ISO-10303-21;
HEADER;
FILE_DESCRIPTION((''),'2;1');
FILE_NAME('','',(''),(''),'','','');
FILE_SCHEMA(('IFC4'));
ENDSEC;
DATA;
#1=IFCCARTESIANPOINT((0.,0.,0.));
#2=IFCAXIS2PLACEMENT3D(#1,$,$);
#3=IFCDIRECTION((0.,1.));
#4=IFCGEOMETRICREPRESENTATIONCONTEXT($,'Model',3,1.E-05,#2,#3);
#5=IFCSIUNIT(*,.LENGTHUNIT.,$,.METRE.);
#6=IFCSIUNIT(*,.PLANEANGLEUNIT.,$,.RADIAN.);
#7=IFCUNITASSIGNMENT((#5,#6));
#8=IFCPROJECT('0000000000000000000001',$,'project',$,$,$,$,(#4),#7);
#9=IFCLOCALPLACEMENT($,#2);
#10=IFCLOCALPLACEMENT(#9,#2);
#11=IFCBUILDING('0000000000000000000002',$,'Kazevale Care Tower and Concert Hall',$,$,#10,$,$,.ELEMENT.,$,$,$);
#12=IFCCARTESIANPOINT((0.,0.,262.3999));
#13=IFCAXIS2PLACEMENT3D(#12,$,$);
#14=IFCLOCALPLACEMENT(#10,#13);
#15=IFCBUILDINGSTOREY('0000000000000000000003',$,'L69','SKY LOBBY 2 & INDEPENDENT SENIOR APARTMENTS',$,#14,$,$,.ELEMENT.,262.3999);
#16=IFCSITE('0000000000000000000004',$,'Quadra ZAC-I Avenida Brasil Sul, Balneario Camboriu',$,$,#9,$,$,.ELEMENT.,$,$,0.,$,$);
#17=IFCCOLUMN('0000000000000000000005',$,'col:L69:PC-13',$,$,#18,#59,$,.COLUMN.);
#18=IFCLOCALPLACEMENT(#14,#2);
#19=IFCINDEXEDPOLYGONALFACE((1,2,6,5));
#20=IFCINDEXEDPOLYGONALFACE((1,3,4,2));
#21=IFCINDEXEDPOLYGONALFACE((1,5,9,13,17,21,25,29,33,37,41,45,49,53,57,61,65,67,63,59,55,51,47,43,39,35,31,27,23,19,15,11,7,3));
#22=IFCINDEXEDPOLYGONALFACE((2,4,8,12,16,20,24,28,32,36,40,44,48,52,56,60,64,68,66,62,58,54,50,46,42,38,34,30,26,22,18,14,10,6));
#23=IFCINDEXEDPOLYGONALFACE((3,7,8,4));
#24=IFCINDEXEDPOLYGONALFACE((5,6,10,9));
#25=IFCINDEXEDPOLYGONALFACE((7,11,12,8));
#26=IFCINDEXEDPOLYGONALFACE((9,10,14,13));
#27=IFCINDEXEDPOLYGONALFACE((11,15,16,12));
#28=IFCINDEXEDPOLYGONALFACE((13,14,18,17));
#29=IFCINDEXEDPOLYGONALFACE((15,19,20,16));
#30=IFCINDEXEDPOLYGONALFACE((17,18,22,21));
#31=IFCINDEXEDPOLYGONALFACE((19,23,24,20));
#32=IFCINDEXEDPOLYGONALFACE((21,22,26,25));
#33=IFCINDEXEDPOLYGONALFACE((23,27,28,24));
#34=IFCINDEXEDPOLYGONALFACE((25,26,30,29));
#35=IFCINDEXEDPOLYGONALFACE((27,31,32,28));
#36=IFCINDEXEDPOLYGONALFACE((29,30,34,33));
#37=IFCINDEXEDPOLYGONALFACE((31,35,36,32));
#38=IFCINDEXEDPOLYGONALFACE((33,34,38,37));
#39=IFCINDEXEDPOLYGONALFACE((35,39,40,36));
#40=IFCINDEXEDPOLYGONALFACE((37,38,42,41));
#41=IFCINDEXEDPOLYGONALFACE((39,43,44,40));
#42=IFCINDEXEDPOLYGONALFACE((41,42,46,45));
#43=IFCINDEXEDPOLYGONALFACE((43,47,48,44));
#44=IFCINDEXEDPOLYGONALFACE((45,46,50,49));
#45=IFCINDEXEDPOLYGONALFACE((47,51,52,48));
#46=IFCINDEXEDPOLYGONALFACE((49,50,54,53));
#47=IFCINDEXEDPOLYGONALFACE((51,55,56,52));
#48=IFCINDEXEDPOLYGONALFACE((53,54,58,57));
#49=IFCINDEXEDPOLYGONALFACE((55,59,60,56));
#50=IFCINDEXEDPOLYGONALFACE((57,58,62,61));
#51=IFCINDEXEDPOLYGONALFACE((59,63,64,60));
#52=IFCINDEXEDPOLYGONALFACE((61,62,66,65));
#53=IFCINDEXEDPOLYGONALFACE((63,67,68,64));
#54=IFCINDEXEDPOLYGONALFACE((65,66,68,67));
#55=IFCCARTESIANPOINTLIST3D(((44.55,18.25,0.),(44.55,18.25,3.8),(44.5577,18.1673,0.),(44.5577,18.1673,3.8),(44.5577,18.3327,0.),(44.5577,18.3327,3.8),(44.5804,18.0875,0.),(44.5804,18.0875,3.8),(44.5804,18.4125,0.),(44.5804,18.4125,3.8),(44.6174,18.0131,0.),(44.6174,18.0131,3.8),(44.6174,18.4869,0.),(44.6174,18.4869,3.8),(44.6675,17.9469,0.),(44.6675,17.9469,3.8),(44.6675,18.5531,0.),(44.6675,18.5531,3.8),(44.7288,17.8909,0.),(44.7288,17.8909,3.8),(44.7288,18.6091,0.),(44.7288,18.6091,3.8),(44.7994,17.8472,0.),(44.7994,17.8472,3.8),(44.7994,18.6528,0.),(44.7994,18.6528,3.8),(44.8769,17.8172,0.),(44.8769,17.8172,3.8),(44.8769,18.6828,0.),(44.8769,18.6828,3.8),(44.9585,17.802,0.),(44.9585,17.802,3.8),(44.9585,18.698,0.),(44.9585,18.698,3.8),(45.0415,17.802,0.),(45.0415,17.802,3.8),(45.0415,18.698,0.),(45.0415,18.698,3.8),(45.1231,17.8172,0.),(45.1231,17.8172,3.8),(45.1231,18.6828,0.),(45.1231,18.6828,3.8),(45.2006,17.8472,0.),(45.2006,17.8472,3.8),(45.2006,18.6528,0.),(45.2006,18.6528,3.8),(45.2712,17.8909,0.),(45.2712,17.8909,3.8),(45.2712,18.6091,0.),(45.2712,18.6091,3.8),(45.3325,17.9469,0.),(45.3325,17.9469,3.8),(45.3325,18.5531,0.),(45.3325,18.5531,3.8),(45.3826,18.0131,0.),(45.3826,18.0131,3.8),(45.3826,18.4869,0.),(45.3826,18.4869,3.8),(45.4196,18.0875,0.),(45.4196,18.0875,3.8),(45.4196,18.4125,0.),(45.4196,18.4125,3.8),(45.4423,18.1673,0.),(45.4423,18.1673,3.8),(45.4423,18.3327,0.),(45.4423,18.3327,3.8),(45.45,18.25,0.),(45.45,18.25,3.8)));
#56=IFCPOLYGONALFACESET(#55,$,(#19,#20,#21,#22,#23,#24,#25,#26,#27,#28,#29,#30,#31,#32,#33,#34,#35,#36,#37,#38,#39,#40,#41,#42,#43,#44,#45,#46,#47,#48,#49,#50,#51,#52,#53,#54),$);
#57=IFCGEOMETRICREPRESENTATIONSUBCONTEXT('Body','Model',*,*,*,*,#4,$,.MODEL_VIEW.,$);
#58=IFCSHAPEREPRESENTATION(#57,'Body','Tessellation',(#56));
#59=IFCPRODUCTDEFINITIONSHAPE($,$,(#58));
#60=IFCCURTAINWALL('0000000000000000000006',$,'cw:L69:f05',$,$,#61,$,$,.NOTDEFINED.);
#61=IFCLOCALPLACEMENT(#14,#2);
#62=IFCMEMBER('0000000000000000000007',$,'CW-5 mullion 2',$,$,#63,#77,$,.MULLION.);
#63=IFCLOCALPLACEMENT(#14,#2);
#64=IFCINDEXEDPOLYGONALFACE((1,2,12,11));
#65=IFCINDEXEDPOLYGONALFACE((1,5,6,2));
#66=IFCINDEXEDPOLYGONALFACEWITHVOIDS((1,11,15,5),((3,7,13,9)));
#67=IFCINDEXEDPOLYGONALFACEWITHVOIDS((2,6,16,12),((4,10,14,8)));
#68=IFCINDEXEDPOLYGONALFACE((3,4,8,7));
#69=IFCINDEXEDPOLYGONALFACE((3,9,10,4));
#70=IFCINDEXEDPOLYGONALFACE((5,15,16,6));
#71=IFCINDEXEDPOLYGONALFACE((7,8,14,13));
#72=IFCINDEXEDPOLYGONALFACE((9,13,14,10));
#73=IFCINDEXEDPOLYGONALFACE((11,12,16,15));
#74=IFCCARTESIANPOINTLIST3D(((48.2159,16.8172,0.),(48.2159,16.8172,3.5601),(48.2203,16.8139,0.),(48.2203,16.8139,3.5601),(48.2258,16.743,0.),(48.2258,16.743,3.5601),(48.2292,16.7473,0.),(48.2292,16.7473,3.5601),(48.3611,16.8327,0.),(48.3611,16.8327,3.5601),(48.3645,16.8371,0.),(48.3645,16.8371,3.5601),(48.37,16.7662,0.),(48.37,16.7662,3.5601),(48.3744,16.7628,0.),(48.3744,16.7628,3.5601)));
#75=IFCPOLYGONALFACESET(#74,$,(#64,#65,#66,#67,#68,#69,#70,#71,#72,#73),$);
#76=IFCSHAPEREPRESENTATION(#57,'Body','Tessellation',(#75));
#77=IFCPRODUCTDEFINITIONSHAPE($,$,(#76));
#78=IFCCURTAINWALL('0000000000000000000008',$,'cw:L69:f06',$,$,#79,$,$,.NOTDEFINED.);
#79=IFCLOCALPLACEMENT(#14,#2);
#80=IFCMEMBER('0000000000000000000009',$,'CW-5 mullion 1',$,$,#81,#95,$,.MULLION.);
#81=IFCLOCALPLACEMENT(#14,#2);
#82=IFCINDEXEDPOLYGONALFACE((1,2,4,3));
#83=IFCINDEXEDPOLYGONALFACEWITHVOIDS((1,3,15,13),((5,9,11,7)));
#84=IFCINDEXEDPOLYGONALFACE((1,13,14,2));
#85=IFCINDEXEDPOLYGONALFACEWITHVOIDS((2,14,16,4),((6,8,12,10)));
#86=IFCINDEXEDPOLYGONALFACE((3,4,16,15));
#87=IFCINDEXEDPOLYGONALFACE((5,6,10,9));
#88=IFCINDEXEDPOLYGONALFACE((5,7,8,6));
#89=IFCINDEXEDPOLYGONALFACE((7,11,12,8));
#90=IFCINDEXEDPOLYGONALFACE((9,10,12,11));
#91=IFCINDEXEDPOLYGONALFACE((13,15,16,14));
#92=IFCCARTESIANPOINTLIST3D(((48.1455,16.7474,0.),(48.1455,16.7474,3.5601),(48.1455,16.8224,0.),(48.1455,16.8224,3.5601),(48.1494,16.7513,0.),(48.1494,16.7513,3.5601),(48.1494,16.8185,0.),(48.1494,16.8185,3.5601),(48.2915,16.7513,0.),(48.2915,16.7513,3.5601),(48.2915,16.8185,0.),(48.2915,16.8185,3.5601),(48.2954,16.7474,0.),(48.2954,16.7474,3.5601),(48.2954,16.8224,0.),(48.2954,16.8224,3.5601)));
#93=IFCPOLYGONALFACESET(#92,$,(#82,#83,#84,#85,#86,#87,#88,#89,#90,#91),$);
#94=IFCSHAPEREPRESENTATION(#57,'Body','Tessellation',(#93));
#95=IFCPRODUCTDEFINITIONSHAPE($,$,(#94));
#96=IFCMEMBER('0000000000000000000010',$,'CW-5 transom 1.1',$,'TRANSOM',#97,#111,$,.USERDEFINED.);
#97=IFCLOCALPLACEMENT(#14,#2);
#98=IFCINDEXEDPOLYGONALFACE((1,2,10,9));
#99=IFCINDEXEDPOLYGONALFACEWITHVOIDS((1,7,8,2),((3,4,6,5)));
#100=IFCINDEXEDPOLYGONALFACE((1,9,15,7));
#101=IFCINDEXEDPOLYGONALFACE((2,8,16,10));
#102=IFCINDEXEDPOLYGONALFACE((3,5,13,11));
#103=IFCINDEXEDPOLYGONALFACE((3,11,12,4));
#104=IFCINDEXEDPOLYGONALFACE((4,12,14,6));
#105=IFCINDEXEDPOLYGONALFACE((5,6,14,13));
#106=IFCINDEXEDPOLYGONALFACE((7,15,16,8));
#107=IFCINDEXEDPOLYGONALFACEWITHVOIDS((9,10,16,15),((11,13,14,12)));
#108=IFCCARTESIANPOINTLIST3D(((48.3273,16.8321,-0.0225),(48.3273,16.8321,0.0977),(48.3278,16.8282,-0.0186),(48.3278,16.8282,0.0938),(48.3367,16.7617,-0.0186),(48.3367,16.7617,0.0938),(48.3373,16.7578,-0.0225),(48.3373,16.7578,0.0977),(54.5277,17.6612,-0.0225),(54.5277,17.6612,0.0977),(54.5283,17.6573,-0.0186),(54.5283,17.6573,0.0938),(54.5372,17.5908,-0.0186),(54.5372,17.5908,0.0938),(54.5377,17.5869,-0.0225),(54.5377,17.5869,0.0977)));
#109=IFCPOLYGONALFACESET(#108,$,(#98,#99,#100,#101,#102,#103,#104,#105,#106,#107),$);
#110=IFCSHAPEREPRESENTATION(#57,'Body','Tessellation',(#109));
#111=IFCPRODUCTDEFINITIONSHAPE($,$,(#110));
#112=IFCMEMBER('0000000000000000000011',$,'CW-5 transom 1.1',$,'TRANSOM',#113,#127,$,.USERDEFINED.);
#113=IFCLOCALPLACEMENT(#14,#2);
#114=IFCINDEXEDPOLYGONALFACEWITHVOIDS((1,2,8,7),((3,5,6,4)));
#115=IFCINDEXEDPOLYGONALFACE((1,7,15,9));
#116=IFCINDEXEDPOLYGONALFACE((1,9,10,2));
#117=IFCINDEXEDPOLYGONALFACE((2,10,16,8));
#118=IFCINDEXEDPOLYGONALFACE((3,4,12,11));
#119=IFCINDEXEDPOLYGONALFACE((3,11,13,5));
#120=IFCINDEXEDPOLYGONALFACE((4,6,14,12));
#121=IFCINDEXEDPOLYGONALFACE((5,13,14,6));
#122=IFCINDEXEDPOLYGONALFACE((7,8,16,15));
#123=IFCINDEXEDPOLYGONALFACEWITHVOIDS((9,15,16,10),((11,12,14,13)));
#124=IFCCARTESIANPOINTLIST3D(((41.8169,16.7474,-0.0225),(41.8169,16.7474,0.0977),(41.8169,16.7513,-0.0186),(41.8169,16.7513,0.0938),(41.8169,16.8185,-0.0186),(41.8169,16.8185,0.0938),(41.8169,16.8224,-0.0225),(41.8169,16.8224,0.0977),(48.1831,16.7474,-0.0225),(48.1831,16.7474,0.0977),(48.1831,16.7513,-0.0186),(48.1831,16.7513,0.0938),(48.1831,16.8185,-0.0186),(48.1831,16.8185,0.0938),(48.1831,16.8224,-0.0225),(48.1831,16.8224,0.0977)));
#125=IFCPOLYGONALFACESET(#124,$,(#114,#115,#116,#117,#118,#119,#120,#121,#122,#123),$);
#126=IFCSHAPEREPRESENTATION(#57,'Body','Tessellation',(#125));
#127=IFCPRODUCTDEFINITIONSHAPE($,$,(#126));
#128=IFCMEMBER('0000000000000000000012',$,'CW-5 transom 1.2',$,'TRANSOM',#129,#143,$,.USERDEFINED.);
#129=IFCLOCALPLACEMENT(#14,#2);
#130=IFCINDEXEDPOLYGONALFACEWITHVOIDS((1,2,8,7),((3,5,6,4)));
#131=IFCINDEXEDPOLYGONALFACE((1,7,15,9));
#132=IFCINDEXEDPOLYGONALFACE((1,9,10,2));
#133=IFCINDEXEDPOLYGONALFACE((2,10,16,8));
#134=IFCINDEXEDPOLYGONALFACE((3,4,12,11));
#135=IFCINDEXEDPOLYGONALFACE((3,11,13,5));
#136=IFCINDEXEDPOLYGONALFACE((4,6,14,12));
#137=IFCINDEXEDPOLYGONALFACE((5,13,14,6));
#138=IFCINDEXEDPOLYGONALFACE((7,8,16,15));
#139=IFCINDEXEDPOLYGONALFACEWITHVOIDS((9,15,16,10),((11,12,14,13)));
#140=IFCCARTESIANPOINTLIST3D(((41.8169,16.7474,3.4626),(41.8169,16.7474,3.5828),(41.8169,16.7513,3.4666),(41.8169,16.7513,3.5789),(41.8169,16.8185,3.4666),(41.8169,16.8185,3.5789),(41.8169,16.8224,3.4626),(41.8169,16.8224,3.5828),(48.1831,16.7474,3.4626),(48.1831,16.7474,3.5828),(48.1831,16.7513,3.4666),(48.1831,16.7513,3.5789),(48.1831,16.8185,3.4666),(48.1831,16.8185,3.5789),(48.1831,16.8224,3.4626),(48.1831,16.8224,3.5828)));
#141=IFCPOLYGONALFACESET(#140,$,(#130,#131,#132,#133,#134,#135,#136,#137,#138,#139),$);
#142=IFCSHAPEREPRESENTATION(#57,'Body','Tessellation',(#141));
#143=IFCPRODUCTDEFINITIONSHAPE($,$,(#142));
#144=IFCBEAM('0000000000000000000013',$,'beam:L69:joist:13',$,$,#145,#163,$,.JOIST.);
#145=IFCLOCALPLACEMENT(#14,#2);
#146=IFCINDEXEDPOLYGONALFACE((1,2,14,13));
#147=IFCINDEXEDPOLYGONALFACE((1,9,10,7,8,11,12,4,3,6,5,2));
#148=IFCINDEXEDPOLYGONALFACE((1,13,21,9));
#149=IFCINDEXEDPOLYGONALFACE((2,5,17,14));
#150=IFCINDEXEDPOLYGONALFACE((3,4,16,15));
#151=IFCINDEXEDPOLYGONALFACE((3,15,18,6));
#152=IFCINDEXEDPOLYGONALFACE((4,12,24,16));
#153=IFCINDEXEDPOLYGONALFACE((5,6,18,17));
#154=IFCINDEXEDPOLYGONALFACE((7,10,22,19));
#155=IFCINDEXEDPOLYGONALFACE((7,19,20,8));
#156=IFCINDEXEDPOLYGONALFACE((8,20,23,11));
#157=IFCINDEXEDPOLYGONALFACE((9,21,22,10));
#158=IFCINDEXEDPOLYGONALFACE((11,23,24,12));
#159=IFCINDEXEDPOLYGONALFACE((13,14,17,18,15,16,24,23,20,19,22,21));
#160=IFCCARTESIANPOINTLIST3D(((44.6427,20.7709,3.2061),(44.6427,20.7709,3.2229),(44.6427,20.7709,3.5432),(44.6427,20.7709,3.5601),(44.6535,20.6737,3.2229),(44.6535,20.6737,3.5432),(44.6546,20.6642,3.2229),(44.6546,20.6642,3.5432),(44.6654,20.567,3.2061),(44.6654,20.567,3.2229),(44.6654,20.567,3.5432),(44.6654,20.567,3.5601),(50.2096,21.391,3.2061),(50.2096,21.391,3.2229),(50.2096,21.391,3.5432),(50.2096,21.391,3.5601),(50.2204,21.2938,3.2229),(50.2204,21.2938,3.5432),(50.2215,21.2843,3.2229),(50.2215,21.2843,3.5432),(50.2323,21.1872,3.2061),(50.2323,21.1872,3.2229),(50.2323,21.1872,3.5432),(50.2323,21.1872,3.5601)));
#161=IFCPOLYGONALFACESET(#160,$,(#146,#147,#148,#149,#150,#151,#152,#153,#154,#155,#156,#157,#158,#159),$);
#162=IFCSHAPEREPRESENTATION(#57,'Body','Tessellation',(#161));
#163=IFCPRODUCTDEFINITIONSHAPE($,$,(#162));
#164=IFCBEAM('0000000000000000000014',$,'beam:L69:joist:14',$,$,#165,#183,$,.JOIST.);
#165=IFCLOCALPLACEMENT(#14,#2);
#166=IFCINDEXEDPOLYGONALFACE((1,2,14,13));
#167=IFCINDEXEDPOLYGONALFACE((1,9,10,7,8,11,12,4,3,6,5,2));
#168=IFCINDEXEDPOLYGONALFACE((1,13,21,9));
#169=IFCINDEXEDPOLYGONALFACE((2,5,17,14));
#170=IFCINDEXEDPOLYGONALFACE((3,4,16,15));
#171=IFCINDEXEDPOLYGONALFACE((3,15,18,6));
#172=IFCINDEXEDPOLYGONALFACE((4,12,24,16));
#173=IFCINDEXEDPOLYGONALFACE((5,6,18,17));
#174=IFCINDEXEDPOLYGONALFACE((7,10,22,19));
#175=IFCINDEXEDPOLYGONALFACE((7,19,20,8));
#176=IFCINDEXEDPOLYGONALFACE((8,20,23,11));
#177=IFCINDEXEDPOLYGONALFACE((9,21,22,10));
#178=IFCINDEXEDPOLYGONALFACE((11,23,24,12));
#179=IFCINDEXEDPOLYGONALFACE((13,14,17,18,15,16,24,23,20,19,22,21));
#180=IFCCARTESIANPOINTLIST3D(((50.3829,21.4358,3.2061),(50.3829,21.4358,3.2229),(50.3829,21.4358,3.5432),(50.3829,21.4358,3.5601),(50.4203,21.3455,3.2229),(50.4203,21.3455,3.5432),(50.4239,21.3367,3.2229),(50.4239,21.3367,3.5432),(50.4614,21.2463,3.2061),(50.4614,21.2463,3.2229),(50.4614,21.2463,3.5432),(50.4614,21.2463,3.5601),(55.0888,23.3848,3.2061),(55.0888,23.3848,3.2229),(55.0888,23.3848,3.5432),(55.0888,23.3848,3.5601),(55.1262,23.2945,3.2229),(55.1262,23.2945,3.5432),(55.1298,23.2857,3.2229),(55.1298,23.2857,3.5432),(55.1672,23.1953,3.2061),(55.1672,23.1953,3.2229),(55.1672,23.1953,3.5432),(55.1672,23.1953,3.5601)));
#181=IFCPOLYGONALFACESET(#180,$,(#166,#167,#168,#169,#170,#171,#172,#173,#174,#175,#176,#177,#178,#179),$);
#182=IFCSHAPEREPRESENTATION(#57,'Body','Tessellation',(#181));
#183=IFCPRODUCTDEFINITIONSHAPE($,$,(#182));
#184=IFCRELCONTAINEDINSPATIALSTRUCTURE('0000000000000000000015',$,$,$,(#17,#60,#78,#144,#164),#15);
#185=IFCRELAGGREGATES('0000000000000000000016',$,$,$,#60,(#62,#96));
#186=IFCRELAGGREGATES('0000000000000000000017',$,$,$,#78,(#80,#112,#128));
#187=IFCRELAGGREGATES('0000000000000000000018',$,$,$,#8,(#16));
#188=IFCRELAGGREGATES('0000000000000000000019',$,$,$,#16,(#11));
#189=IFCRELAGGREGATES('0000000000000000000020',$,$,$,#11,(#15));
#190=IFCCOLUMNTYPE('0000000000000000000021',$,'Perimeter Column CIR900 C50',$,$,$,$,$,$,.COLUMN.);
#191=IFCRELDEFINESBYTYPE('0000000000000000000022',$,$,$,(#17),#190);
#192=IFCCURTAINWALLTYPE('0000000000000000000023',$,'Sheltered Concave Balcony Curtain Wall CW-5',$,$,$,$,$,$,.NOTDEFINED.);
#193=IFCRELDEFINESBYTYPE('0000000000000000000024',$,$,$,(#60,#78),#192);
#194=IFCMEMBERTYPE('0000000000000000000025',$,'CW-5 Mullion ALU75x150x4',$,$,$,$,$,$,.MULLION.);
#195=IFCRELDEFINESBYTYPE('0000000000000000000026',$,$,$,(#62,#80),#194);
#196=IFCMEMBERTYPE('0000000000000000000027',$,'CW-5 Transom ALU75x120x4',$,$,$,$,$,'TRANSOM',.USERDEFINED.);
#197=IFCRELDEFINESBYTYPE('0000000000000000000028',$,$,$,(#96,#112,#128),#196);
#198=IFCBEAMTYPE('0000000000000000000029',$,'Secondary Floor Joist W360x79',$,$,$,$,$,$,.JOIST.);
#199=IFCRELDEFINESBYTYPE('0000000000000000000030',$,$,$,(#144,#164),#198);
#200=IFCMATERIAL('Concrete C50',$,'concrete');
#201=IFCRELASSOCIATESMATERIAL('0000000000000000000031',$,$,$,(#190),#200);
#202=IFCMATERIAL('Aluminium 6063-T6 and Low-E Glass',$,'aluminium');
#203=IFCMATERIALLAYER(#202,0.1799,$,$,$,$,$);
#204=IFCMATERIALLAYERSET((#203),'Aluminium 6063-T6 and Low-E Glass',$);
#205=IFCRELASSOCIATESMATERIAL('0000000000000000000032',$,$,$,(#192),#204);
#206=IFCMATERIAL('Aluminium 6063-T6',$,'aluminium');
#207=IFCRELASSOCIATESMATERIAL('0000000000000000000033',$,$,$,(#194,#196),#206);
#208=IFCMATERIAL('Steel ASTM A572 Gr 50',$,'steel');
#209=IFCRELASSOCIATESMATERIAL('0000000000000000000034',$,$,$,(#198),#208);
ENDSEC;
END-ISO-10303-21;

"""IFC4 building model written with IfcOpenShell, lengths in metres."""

from ifc_helpers import new_model, si_unit, direction, frame, origin, origin_2d, place, context, subcontext, project, spatial, hollow_rectangle, circle, i_section, extrude, material, layer, layer_set, material_profile, profile_set, type_object, element, aggregate, save


model = new_model("IFC4")

# Units and contexts
model_context = context("Model", 3, precision=1e-05, world=origin(), true_north=direction((0.0, 1.0)))
body_context = subcontext(model_context, "Body", "Model", "MODEL_VIEW")
ifc_project = project(units=[si_unit("LENGTHUNIT", "METRE"), si_unit("PLANEANGLEUNIT", "RADIAN")], contexts=[model_context])

# Site, building, storey
site_placement = place(None, origin())
site = spatial("IfcSite", under=ifc_project, at=site_placement, Name="Quadra ZAC-I Avenida Brasil Sul, Balneario Camboriu", CompositionType="ELEMENT", RefElevation=0.0)
building_placement = place(site_placement, origin())
building = spatial("IfcBuilding", under=site, at=building_placement, Name="Kazevale Care Tower and Concert Hall", CompositionType="ELEMENT")
storey_placement = place(building_placement, frame((0.0, 0.0, 262.3999)))
storey = spatial("IfcBuildingStorey", under=building, at=storey_placement, Name="L69", Description="SKY LOBBY 2 & INDEPENDENT SENIOR APARTMENTS", CompositionType="ELEMENT", Elevation=262.3999)

# Column
ifc_material_1 = material(Name="Concrete C50", Category="concrete")
ifc_material_profile_1 = material_profile(ifc_material_1, circle(Radius=0.45, at=origin_2d()), Name="RC-CIR900")
ifc_profile_set_1 = profile_set([ifc_material_profile_1], Name="Concrete C50")
column_type = type_object("IfcColumnType", Name="Perimeter Column CIR900 C50", PredefinedType="COLUMN", material=ifc_profile_set_1)
column_placement = place(storey_placement, frame((45.0, 18.25, 0.0), z_axis=(0.0, 0.0, 1.0), x_axis=(1.0, 0.0, 0.0)))
element("IfcColumn", 1, at=column_placement, inside=storey, type_object=column_type, Name="col:L69:PC-13", PredefinedType="COLUMN", context=body_context, shape_type="SweptSolid", body=[
    extrude(circle(Radius=0.45, at=origin_2d()), origin(), (0.0, 0.0, 1.0), 3.8),
])

# Curtain walls, members
ifc_material_2 = material(Name="Aluminium 6063-T6 and Low-E Glass", Category="aluminium")
ifc_layer_1 = layer(ifc_material_2, 0.1799)
ifc_layer_set_1 = layer_set([ifc_layer_1], Name="Aluminium 6063-T6 and Low-E Glass")
curtain_wall_type = type_object("IfcCurtainWallType", Name="Sheltered Concave Balcony Curtain Wall CW-5", PredefinedType="NOTDEFINED", material=ifc_layer_set_1)
curtain_wall_1_placement = place(storey_placement, origin())
curtain_wall_1 = element("IfcCurtainWall", 2, at=curtain_wall_1_placement, inside=storey, type_object=curtain_wall_type, Name="cw:L69:f05", PredefinedType="NOTDEFINED")
ifc_material_3 = material(Name="Aluminium 6063-T6", Category="aluminium")
ifc_material_profile_2 = material_profile(ifc_material_3, hollow_rectangle(XDim=0.075, YDim=0.1499, WallThickness=0.0039, at=origin_2d()), Name="ALU75x150x4")
ifc_profile_set_2 = profile_set([ifc_material_profile_2], Name="Aluminium 6063-T6")
member_type_1 = type_object("IfcMemberType", Name="CW-5 Mullion ALU75x150x4", PredefinedType="MULLION", material=ifc_profile_set_2)
member_1_placement = place(storey_placement, frame((48.2952, 16.79, 0.0), z_axis=(0.0, 0.0, 1.0), x_axis=(0.132542, -0.991177, 0.0)))
member_1 = element("IfcMember", 3, at=member_1_placement, type_object=member_type_1, Name="CW-5 mullion 2", PredefinedType="MULLION", context=body_context, shape_type="SweptSolid", body=[
    extrude(hollow_rectangle(XDim=0.075, YDim=0.1499, WallThickness=0.0039, at=origin_2d()), origin(), (0.0, 0.0, 1.0), 3.5601),
])
curtain_wall_2_placement = place(storey_placement, origin())
curtain_wall_2 = element("IfcCurtainWall", 4, at=curtain_wall_2_placement, inside=storey, type_object=curtain_wall_type, Name="cw:L69:f06", PredefinedType="NOTDEFINED")
member_2_placement = place(storey_placement, frame((48.2205, 16.7849, 0.0), z_axis=(0.0, 0.0, 1.0), x_axis=(0.0, -1.0, 0.0)))
member_2 = element("IfcMember", 5, at=member_2_placement, type_object=member_type_1, Name="CW-5 mullion 1", PredefinedType="MULLION", context=body_context, shape_type="SweptSolid", body=[
    extrude(hollow_rectangle(XDim=0.075, YDim=0.1499, WallThickness=0.0039, at=origin_2d()), origin(), (0.0, 0.0, 1.0), 3.5601),
])

# Members
ifc_material_profile_3 = material_profile(ifc_material_3, hollow_rectangle(XDim=0.075, YDim=0.1201, WallThickness=0.0039, at=origin_2d()), Name="ALU75x120x4")
ifc_profile_set_3 = profile_set([ifc_material_profile_3], Name="Aluminium 6063-T6")
member_type_2 = type_object("IfcMemberType", Name="CW-5 Transom ALU75x120x4", ElementType="TRANSOM", PredefinedType="USERDEFINED", material=ifc_profile_set_3)
member_3_placement = place(storey_placement, frame((54.5327, 17.624, 0.0376), z_axis=(-0.991178, -0.132537, 0.0), x_axis=(0.132537, -0.991178, 0.0)))
member_3 = element("IfcMember", 6, at=member_3_placement, type_object=member_type_2, Name="CW-5 transom 1.1", ObjectType="TRANSOM", PredefinedType="USERDEFINED", context=body_context, shape_type="SweptSolid", body=[
    extrude(hollow_rectangle(XDim=0.075, YDim=0.1201, WallThickness=0.0039, at=origin_2d()), origin(), (0.0, 0.0, 1.0), 6.2556),
])
member_4_placement = place(storey_placement, frame((48.1831, 16.7849, 0.0376), z_axis=(-1.0, 0.0, 0.0), x_axis=(0.0, -1.0, 0.0)))
member_4 = element("IfcMember", 7, at=member_4_placement, type_object=member_type_2, Name="CW-5 transom 1.1", ObjectType="TRANSOM", PredefinedType="USERDEFINED", context=body_context, shape_type="SweptSolid", body=[
    extrude(hollow_rectangle(XDim=0.075, YDim=0.1201, WallThickness=0.0039, at=origin_2d()), origin(), (0.0, 0.0, 1.0), 6.3662),
])
member_5_placement = place(storey_placement, frame((48.1831, 16.7849, 3.5227), z_axis=(-1.0, 0.0, 0.0), x_axis=(0.0, -1.0, 0.0)))
member_5 = element("IfcMember", 8, at=member_5_placement, type_object=member_type_2, Name="CW-5 transom 1.2", ObjectType="TRANSOM", PredefinedType="USERDEFINED", context=body_context, shape_type="SweptSolid", body=[
    extrude(hollow_rectangle(XDim=0.075, YDim=0.1201, WallThickness=0.0039, at=origin_2d()), origin(), (0.0, 0.0, 1.0), 6.3662),
])

# Beams
ifc_material_4 = material(Name="Steel ASTM A572 Gr 50", Category="steel")
ifc_material_profile_4 = material_profile(ifc_material_4, i_section(OverallWidth=0.2051, OverallDepth=0.354, WebThickness=0.0095, FlangeThickness=0.0168, at=origin_2d()), Name="W360x79")
ifc_profile_set_4 = profile_set([ifc_material_profile_4], Name="Steel ASTM A572 Gr 50")
beam_type_1 = type_object("IfcBeamType", Name="Secondary Floor Joist W360x79", PredefinedType="JOIST", material=ifc_profile_set_4)
beam_1_placement = place(storey_placement, frame((44.6541, 20.6689, 3.3831), z_axis=(0.993853, 0.110709, 0.0), x_axis=(-0.110709, 0.993853, 0.0)))
element("IfcBeam", 9, at=beam_1_placement, inside=storey, type_object=beam_type_1, Name="beam:L69:joist:13", PredefinedType="JOIST", context=body_context, shape_type="SweptSolid", body=[
    extrude(i_section(OverallWidth=0.2051, OverallDepth=0.354, WebThickness=0.0095, FlangeThickness=0.0168, at=origin_2d()), origin(), (0.0, 0.0, 1.0), 5.6013),
])
beam_2_placement = place(storey_placement, frame((50.4221, 21.3411, 3.3831), z_axis=(0.923896, 0.382644, 0.0), x_axis=(-0.382644, 0.923896, 0.0)))
element("IfcBeam", 10, at=beam_2_placement, inside=storey, type_object=beam_type_1, Name="beam:L69:joist:14", PredefinedType="JOIST", context=body_context, shape_type="SweptSolid", body=[
    extrude(i_section(OverallWidth=0.2051, OverallDepth=0.354, WebThickness=0.0095, FlangeThickness=0.0168, at=origin_2d()), origin(), (0.0, 0.0, 1.0), 5.0935),
])

aggregate(curtain_wall_1, [member_1, member_3])
aggregate(curtain_wall_2, [member_2, member_4, member_5])

save(model, "model.ifc")
